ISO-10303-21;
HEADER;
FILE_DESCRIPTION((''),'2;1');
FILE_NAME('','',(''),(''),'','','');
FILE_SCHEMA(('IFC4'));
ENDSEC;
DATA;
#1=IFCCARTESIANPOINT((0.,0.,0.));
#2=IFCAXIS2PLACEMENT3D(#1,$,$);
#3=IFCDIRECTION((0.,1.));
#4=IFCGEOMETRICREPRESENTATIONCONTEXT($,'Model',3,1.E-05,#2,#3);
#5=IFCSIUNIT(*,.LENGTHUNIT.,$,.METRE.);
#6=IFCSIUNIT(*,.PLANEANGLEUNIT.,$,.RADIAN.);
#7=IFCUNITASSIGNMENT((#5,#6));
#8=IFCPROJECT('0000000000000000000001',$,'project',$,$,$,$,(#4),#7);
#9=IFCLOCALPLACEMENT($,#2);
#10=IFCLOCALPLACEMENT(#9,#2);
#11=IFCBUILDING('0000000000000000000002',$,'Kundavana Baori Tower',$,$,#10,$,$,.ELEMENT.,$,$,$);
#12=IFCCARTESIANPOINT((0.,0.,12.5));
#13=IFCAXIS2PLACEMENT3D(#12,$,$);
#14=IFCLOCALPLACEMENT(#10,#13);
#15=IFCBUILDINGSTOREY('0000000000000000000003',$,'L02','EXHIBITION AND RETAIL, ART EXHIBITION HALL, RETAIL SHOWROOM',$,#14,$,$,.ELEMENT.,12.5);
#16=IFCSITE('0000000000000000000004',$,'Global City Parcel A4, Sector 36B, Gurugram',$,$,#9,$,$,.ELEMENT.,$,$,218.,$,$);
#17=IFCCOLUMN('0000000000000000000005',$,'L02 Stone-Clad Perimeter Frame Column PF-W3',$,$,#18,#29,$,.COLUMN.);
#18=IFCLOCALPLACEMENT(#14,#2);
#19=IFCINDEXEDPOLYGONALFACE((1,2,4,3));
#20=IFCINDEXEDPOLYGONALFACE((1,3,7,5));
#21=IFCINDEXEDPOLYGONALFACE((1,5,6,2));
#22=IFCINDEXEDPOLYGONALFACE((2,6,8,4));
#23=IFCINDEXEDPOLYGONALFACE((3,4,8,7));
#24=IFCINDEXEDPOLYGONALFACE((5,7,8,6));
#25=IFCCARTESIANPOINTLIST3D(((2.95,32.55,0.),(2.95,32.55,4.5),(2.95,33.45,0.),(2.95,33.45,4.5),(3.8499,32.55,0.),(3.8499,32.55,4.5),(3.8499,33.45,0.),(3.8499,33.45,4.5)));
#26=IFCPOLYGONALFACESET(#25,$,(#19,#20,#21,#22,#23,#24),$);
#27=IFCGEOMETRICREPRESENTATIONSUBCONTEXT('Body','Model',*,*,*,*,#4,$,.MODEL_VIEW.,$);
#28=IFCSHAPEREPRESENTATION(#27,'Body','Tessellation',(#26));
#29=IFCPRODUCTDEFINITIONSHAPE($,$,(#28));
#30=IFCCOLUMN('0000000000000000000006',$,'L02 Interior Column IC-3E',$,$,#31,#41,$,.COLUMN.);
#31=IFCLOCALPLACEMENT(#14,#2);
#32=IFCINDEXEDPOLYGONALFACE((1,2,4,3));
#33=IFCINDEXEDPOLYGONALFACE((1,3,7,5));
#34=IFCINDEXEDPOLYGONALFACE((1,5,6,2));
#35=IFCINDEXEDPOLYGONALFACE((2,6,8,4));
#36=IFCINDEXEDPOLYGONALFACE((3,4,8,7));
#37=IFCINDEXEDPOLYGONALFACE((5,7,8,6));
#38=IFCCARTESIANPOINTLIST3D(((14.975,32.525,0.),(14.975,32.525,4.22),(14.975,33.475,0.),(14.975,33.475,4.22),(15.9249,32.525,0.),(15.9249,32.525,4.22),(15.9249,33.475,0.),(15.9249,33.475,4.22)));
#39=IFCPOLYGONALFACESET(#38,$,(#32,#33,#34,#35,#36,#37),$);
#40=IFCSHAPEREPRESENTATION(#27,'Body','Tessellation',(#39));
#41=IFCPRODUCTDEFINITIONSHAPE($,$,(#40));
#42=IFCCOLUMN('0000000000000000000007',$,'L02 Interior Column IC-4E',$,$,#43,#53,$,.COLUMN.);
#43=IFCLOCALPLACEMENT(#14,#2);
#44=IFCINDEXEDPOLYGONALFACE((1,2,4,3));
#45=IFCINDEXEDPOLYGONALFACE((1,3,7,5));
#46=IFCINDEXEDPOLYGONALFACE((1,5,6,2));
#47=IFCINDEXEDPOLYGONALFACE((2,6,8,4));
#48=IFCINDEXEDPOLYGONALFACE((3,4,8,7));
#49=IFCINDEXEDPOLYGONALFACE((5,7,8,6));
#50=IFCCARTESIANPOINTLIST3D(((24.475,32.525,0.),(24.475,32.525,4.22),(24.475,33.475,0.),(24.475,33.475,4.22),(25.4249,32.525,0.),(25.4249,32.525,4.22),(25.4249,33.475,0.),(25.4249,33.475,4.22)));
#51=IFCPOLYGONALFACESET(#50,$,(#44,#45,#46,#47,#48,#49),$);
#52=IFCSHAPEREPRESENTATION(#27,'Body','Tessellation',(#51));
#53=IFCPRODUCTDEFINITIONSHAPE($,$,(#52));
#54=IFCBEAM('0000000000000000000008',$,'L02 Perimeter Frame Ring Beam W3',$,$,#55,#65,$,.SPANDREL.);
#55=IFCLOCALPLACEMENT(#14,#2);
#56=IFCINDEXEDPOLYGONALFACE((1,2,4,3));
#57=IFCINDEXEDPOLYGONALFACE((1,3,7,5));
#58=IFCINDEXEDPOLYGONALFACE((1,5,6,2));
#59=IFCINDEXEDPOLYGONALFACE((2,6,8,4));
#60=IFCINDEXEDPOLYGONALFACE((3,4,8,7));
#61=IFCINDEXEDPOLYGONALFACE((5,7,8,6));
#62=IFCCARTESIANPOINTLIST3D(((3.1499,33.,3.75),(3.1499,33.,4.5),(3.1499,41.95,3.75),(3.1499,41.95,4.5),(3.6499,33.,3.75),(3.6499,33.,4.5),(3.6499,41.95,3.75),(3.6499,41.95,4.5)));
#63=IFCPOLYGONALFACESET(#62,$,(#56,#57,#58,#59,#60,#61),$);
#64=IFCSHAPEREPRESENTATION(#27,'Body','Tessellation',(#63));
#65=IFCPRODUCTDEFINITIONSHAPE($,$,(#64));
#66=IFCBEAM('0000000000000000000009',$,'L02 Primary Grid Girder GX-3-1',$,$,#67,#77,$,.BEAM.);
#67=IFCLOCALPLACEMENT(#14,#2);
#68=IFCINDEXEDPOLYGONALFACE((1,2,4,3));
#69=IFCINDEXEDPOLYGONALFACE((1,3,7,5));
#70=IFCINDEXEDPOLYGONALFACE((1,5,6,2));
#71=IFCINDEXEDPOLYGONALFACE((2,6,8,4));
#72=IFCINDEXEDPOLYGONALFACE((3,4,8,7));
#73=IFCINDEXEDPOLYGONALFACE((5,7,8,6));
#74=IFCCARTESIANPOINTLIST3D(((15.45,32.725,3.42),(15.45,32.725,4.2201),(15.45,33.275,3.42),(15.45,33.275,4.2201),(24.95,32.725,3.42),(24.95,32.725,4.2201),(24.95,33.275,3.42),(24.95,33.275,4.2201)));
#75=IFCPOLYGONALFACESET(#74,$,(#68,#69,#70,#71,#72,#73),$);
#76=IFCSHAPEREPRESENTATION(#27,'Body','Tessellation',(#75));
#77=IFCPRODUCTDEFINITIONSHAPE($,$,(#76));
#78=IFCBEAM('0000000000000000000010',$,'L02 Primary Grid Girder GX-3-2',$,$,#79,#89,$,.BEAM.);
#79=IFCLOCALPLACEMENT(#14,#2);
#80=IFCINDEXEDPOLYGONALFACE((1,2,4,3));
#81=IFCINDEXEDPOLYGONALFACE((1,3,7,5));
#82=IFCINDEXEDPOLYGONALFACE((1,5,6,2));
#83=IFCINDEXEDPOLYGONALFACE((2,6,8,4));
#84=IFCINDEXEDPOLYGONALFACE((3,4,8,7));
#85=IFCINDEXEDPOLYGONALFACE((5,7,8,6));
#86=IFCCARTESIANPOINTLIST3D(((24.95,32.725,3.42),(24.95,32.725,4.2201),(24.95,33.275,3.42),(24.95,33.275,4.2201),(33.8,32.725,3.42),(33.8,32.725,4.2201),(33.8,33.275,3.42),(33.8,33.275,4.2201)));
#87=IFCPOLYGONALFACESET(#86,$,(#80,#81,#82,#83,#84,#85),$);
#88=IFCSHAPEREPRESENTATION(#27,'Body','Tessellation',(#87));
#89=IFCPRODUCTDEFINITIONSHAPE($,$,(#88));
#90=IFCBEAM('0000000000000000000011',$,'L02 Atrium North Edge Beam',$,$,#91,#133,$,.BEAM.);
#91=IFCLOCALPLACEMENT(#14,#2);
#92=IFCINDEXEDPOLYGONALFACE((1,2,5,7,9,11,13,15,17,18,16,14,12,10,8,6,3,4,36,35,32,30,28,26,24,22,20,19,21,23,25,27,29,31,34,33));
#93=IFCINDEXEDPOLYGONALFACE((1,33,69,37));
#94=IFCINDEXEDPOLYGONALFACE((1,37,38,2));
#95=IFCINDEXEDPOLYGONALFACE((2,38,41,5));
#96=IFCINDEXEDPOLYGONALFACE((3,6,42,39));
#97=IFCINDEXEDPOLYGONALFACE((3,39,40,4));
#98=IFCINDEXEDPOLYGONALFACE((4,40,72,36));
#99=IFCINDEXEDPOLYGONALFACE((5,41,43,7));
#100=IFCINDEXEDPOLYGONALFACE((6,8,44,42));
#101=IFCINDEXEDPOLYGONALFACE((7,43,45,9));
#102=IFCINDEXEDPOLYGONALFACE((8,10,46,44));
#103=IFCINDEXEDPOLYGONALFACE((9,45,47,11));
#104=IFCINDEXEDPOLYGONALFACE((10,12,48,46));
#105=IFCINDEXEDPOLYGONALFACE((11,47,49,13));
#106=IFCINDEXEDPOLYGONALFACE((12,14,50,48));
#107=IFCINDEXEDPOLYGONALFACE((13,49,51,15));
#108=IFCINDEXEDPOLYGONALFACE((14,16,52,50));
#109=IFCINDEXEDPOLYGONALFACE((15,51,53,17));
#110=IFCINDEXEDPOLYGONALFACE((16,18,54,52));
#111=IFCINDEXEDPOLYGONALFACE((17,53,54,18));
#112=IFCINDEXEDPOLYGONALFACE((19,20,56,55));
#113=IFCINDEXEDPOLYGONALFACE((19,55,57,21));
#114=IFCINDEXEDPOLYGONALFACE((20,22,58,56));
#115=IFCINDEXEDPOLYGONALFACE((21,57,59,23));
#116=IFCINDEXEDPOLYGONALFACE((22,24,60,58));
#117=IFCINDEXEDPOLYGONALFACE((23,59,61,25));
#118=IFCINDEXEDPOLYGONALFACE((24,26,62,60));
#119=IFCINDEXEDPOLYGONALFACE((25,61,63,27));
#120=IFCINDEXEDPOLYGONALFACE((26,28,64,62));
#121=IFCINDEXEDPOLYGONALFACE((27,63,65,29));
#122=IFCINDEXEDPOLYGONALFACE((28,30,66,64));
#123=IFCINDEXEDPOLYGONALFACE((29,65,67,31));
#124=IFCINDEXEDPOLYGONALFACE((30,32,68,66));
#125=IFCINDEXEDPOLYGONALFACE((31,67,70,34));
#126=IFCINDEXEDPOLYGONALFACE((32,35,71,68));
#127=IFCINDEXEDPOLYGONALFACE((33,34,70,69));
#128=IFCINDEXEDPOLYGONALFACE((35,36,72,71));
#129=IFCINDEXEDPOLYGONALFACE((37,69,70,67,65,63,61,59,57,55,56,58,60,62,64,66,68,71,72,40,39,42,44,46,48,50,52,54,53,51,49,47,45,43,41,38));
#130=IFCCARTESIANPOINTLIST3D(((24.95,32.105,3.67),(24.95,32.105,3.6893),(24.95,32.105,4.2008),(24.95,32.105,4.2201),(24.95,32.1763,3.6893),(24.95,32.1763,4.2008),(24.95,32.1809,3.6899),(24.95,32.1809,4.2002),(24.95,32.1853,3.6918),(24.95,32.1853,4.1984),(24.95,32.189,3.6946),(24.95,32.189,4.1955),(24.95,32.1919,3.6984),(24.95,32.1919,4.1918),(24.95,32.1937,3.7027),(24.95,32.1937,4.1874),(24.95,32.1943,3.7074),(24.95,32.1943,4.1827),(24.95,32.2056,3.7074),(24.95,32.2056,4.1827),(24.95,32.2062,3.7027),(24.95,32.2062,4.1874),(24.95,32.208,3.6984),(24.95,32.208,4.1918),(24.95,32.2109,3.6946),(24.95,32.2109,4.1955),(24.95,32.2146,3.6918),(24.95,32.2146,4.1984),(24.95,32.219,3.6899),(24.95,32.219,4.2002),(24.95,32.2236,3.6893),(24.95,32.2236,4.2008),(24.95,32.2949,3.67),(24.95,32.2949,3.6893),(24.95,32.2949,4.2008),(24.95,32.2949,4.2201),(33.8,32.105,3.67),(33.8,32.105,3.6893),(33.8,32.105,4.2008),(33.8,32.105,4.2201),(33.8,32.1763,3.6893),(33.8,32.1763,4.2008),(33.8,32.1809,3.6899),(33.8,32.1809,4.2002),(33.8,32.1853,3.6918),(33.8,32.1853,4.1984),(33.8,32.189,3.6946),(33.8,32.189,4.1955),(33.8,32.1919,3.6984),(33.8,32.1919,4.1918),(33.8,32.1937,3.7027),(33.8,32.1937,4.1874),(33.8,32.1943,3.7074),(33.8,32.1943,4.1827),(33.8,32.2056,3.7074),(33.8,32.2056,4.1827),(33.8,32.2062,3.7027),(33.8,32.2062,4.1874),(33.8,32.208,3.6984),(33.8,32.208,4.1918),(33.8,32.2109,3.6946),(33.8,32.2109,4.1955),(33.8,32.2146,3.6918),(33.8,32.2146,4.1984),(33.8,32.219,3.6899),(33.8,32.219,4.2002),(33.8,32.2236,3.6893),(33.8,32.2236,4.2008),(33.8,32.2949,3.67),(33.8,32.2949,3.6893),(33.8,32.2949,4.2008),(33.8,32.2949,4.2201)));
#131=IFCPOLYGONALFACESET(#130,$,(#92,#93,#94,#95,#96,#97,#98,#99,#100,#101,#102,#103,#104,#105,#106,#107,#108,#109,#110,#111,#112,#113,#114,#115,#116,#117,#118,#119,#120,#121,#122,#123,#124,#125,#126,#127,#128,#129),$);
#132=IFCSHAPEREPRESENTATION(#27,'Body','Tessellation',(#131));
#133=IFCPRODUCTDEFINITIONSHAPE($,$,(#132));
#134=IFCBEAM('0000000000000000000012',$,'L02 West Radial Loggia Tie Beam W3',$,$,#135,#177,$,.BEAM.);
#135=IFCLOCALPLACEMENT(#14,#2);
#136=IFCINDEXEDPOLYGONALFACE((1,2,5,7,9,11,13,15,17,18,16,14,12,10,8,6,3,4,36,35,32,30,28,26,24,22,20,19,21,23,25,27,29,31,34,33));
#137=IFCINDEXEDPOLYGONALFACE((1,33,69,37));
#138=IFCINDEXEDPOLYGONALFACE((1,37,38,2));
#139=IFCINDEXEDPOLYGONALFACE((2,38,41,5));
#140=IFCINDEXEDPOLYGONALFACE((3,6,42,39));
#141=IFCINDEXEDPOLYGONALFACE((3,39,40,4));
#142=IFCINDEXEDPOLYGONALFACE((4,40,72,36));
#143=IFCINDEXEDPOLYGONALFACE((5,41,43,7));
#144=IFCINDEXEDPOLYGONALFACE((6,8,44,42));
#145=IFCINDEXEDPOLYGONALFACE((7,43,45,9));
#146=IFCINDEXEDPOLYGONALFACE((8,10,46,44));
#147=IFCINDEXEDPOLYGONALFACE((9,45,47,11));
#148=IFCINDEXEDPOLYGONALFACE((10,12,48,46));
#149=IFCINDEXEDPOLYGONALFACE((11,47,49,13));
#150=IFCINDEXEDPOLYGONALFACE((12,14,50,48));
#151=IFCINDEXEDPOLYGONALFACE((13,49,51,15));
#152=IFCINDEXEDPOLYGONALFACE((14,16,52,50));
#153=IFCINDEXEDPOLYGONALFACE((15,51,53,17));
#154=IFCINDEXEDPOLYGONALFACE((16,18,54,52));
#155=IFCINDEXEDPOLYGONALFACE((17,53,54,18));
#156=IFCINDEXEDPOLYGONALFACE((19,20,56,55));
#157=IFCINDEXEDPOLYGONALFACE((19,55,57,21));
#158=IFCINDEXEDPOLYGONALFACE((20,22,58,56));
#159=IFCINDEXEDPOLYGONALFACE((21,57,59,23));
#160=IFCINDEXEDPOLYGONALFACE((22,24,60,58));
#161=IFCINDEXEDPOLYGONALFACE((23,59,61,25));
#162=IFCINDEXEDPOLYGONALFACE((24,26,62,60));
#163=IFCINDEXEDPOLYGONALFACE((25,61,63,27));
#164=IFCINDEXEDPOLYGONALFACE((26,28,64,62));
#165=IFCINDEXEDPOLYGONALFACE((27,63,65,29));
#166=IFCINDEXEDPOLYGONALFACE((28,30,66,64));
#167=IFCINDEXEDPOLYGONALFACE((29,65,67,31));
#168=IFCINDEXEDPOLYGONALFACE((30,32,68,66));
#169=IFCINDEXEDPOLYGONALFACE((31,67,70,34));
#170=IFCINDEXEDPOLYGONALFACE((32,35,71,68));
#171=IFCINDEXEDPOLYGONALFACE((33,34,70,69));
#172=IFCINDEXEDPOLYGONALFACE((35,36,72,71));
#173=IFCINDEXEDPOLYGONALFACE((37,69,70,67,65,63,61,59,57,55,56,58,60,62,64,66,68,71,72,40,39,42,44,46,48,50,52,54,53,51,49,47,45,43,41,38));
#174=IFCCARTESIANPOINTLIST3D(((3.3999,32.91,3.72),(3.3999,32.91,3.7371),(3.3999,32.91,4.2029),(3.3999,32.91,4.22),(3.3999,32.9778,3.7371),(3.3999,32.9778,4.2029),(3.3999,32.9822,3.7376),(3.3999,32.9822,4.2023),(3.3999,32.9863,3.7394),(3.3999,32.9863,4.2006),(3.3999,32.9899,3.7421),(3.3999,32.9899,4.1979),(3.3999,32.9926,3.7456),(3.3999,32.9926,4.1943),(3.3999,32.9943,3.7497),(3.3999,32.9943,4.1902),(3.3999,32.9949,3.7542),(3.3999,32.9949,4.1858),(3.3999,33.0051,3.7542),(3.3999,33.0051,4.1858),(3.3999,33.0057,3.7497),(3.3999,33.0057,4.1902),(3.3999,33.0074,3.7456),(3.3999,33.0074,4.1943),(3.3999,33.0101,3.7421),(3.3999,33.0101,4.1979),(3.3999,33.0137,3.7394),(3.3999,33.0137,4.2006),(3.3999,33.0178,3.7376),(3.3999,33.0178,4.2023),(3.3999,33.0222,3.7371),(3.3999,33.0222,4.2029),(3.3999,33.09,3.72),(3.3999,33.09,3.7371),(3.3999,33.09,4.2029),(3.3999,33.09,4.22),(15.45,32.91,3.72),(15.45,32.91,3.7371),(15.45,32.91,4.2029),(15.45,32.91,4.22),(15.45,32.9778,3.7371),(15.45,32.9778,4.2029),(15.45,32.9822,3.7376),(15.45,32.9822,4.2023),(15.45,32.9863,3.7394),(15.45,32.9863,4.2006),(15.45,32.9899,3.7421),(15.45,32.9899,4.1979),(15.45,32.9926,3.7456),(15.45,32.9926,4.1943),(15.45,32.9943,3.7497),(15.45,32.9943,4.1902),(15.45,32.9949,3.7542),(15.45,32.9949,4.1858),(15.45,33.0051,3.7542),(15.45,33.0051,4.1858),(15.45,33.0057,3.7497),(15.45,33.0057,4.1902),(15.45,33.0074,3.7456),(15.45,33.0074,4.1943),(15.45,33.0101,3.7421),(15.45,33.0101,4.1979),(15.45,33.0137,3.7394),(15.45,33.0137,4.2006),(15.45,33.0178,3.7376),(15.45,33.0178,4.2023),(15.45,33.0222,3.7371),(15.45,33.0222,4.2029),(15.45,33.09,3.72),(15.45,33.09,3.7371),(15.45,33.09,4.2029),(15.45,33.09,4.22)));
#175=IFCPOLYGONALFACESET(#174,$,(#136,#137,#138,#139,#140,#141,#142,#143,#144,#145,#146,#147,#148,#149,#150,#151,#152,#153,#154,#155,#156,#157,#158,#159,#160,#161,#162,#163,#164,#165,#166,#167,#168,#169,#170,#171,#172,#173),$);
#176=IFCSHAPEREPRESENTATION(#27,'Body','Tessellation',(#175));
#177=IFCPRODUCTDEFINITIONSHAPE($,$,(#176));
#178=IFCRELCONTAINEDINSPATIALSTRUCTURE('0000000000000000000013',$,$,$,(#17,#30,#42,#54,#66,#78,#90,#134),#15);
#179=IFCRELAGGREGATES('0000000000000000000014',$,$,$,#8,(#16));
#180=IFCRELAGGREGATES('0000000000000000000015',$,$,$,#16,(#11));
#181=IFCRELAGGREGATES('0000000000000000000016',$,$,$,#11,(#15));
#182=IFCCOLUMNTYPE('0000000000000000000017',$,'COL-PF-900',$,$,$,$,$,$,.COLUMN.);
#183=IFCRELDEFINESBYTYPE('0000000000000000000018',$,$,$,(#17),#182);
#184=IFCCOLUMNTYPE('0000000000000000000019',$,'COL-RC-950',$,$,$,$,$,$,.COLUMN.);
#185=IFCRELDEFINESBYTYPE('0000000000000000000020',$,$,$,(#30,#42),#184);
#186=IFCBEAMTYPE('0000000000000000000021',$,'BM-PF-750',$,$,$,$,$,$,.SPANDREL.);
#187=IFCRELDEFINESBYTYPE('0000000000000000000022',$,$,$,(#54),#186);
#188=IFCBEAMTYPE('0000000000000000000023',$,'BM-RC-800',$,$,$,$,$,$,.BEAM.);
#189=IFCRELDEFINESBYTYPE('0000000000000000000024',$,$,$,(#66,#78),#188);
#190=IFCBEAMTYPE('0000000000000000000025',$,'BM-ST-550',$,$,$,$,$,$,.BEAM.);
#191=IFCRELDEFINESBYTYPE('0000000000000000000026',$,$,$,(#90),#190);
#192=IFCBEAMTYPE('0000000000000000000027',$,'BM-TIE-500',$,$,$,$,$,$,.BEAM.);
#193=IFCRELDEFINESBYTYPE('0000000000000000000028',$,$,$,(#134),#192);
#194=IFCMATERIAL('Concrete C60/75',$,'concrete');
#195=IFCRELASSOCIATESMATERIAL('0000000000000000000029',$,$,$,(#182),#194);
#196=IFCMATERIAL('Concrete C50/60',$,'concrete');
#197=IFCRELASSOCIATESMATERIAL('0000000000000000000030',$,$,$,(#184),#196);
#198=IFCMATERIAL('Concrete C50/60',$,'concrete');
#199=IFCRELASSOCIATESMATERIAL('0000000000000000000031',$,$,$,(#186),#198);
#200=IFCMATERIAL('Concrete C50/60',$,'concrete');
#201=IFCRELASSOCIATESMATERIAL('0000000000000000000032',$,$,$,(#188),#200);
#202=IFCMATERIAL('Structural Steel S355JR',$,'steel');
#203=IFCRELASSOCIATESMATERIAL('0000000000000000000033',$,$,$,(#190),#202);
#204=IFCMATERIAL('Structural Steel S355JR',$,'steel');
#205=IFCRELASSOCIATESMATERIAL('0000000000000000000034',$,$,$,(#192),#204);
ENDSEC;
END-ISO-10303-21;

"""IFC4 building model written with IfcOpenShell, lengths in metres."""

from ifc_helpers import new_model, si_unit, direction, frame, origin, origin_2d, place, context, subcontext, project, spatial, rectangle, i_section, extrude, material, material_profile, profile_set, type_object, element, save


model = new_model("IFC4")

# Units and contexts
model_context = context("Model", 3, precision=1e-05, world=origin(), true_north=direction((0.0, 1.0)))
body_context = subcontext(model_context, "Body", "Model", "MODEL_VIEW")
ifc_project = project(units=[si_unit("LENGTHUNIT", "METRE"), si_unit("PLANEANGLEUNIT", "RADIAN")], contexts=[model_context])

# Site, building, storey
site_placement = place(None, origin())
site = spatial("IfcSite", under=ifc_project, at=site_placement, Name="Global City Parcel A4, Sector 36B, Gurugram", CompositionType="ELEMENT", RefElevation=218.0)
building_placement = place(site_placement, origin())
building = spatial("IfcBuilding", under=site, at=building_placement, Name="Kundavana Baori Tower", CompositionType="ELEMENT")
storey_placement = place(building_placement, frame((0.0, 0.0, 12.5)))
storey = spatial("IfcBuildingStorey", under=building, at=storey_placement, Name="L02", Description="EXHIBITION AND RETAIL, ART EXHIBITION HALL, RETAIL SHOWROOM", CompositionType="ELEMENT", Elevation=12.5)

# Columns
ifc_material_1 = material(Name="Concrete C60/75", Category="concrete")
ifc_material_profile_1 = material_profile(ifc_material_1, rectangle(XDim=0.8999, YDim=0.8999, at=origin_2d()), Name="RC PF 900x900")
ifc_profile_set_1 = profile_set([ifc_material_profile_1], Name="Concrete C60/75")
column_type_1 = type_object("IfcColumnType", Name="COL-PF-900", PredefinedType="COLUMN", material=ifc_profile_set_1)
column_placement = place(storey_placement, frame((3.3999, 33.0, 0.0), z_axis=(0.0, 0.0, 1.0), x_axis=(1.0, 0.0, 0.0)))
element("IfcColumn", 1, at=column_placement, inside=storey, type_object=column_type_1, Name="L02 Stone-Clad Perimeter Frame Column PF-W3", PredefinedType="COLUMN", context=body_context, shape_type="SweptSolid", body=[
    extrude(rectangle(XDim=0.8999, YDim=0.8999, at=origin_2d()), origin(), (0.0, 0.0, 1.0), 4.5),
])
ifc_material_2 = material(Name="Concrete C50/60", Category="concrete")
ifc_material_profile_2 = material_profile(ifc_material_2, rectangle(XDim=0.95, YDim=0.95, at=origin_2d()), Name="RC 950x950")
ifc_profile_set_2 = profile_set([ifc_material_profile_2], Name="Concrete C50/60")
column_type_2 = type_object("IfcColumnType", Name="COL-RC-950", PredefinedType="COLUMN", material=ifc_profile_set_2)
for number, where, z_axis, x_axis, name in (
    (2, (15.45, 33.0, 0.0), (0.0, 0.0, 1.0), (1.0, 0.0, 0.0), "L02 Interior Column IC-3E"),
    (3, (24.95, 33.0, 0.0), (0.0, 0.0, 1.0), (1.0, 0.0, 0.0), "L02 Interior Column IC-4E"),
):
    element("IfcColumn", number, at=place(storey_placement, frame(where, z_axis=z_axis, x_axis=x_axis)), inside=storey, type_object=column_type_2, Name=name, PredefinedType="COLUMN", context=body_context, shape_type="SweptSolid", body=[
        extrude(rectangle(XDim=0.95, YDim=0.95, at=origin_2d()), origin(), (0.0, 0.0, 1.0), 4.22),
    ])

# Beams
ifc_material_3 = material(Name="Concrete C50/60", Category="concrete")
ifc_material_profile_3 = material_profile(ifc_material_3, rectangle(XDim=0.5, YDim=0.75, at=origin_2d()), Name="RC BM 500x750")
ifc_profile_set_3 = profile_set([ifc_material_profile_3], Name="Concrete C50/60")
beam_type_1 = type_object("IfcBeamType", Name="BM-PF-750", PredefinedType="SPANDREL", material=ifc_profile_set_3)
beam_1_placement = place(storey_placement, frame((3.3999, 33.0, 4.125), z_axis=(0.0, 1.0, 0.0), x_axis=(-1.0, 0.0, 0.0)))
element("IfcBeam", 4, at=beam_1_placement, inside=storey, type_object=beam_type_1, Name="L02 Perimeter Frame Ring Beam W3", PredefinedType="SPANDREL", context=body_context, shape_type="SweptSolid", body=[
    extrude(rectangle(XDim=0.5, YDim=0.75, at=origin_2d()), origin(), (0.0, 0.0, 1.0), 8.95),
])
ifc_material_4 = material(Name="Concrete C50/60", Category="concrete")
ifc_material_profile_4 = material_profile(ifc_material_4, rectangle(XDim=0.55, YDim=0.8, at=origin_2d()), Name="RC BM 550x800")
ifc_profile_set_4 = profile_set([ifc_material_profile_4], Name="Concrete C50/60")
beam_type_2 = type_object("IfcBeamType", Name="BM-RC-800", PredefinedType="BEAM", material=ifc_profile_set_4)
beam_2_placement = place(storey_placement, frame((15.45, 33.0, 3.8201), z_axis=(1.0, 0.0, 0.0), x_axis=(0.0, 1.0, 0.0)))
element("IfcBeam", 5, at=beam_2_placement, inside=storey, type_object=beam_type_2, Name="L02 Primary Grid Girder GX-3-1", PredefinedType="BEAM", context=body_context, shape_type="SweptSolid", body=[
    extrude(rectangle(XDim=0.55, YDim=0.8, at=origin_2d()), origin(), (0.0, 0.0, 1.0), 9.5),
])
beam_3_placement = place(storey_placement, frame((24.95, 33.0, 3.8201), z_axis=(1.0, 0.0, 0.0), x_axis=(0.0, 1.0, 0.0)))
element("IfcBeam", 6, at=beam_3_placement, inside=storey, type_object=beam_type_2, Name="L02 Primary Grid Girder GX-3-2", PredefinedType="BEAM", context=body_context, shape_type="SweptSolid", body=[
    extrude(rectangle(XDim=0.55, YDim=0.8, at=origin_2d()), origin(), (0.0, 0.0, 1.0), 8.8501),
])
ifc_material_5 = material(Name="Structural Steel S355JR", Category="steel")
ifc_material_profile_5 = material_profile(ifc_material_5, i_section(OverallWidth=0.1899, OverallDepth=0.55, WebThickness=0.0112, FlangeThickness=0.0193, FilletRadius=0.0181, at=origin_2d()), Name="ISMB 550")
ifc_profile_set_5 = profile_set([ifc_material_profile_5], Name="Structural Steel S355JR")
beam_type_3 = type_object("IfcBeamType", Name="BM-ST-550", PredefinedType="BEAM", material=ifc_profile_set_5)
beam_4_placement = place(storey_placement, frame((24.95, 32.2, 3.9451), z_axis=(1.0, 0.0, 0.0), x_axis=(0.0, 1.0, 0.0)))
element("IfcBeam", 7, at=beam_4_placement, inside=storey, type_object=beam_type_3, Name="L02 Atrium North Edge Beam", PredefinedType="BEAM", context=body_context, shape_type="SweptSolid", body=[
    extrude(i_section(OverallWidth=0.1899, OverallDepth=0.55, WebThickness=0.0112, FlangeThickness=0.0193, FilletRadius=0.0181, at=origin_2d()), origin(), (0.0, 0.0, 1.0), 8.8501),
])
ifc_material_6 = material(Name="Structural Steel S355JR", Category="steel")
ifc_material_profile_6 = material_profile(ifc_material_6, i_section(OverallWidth=0.1799, OverallDepth=0.5, WebThickness=0.0103, FlangeThickness=0.0171, FilletRadius=0.0171, at=origin_2d()), Name="ISMB 500")
ifc_profile_set_6 = profile_set([ifc_material_profile_6], Name="Structural Steel S355JR")
beam_type_4 = type_object("IfcBeamType", Name="BM-TIE-500", PredefinedType="BEAM", material=ifc_profile_set_6)
beam_5_placement = place(storey_placement, frame((15.45, 33.0, 3.97), z_axis=(-1.0, 0.0, 0.0), x_axis=(0.0, -1.0, 0.0)))
element("IfcBeam", 8, at=beam_5_placement, inside=storey, type_object=beam_type_4, Name="L02 West Radial Loggia Tie Beam W3", PredefinedType="BEAM", context=body_context, shape_type="SweptSolid", body=[
    extrude(i_section(OverallWidth=0.1799, OverallDepth=0.5, WebThickness=0.0103, FlangeThickness=0.0171, FilletRadius=0.0171, at=origin_2d()), origin(), (0.0, 0.0, 1.0), 12.05),
])

save(model, "model.ifc")
